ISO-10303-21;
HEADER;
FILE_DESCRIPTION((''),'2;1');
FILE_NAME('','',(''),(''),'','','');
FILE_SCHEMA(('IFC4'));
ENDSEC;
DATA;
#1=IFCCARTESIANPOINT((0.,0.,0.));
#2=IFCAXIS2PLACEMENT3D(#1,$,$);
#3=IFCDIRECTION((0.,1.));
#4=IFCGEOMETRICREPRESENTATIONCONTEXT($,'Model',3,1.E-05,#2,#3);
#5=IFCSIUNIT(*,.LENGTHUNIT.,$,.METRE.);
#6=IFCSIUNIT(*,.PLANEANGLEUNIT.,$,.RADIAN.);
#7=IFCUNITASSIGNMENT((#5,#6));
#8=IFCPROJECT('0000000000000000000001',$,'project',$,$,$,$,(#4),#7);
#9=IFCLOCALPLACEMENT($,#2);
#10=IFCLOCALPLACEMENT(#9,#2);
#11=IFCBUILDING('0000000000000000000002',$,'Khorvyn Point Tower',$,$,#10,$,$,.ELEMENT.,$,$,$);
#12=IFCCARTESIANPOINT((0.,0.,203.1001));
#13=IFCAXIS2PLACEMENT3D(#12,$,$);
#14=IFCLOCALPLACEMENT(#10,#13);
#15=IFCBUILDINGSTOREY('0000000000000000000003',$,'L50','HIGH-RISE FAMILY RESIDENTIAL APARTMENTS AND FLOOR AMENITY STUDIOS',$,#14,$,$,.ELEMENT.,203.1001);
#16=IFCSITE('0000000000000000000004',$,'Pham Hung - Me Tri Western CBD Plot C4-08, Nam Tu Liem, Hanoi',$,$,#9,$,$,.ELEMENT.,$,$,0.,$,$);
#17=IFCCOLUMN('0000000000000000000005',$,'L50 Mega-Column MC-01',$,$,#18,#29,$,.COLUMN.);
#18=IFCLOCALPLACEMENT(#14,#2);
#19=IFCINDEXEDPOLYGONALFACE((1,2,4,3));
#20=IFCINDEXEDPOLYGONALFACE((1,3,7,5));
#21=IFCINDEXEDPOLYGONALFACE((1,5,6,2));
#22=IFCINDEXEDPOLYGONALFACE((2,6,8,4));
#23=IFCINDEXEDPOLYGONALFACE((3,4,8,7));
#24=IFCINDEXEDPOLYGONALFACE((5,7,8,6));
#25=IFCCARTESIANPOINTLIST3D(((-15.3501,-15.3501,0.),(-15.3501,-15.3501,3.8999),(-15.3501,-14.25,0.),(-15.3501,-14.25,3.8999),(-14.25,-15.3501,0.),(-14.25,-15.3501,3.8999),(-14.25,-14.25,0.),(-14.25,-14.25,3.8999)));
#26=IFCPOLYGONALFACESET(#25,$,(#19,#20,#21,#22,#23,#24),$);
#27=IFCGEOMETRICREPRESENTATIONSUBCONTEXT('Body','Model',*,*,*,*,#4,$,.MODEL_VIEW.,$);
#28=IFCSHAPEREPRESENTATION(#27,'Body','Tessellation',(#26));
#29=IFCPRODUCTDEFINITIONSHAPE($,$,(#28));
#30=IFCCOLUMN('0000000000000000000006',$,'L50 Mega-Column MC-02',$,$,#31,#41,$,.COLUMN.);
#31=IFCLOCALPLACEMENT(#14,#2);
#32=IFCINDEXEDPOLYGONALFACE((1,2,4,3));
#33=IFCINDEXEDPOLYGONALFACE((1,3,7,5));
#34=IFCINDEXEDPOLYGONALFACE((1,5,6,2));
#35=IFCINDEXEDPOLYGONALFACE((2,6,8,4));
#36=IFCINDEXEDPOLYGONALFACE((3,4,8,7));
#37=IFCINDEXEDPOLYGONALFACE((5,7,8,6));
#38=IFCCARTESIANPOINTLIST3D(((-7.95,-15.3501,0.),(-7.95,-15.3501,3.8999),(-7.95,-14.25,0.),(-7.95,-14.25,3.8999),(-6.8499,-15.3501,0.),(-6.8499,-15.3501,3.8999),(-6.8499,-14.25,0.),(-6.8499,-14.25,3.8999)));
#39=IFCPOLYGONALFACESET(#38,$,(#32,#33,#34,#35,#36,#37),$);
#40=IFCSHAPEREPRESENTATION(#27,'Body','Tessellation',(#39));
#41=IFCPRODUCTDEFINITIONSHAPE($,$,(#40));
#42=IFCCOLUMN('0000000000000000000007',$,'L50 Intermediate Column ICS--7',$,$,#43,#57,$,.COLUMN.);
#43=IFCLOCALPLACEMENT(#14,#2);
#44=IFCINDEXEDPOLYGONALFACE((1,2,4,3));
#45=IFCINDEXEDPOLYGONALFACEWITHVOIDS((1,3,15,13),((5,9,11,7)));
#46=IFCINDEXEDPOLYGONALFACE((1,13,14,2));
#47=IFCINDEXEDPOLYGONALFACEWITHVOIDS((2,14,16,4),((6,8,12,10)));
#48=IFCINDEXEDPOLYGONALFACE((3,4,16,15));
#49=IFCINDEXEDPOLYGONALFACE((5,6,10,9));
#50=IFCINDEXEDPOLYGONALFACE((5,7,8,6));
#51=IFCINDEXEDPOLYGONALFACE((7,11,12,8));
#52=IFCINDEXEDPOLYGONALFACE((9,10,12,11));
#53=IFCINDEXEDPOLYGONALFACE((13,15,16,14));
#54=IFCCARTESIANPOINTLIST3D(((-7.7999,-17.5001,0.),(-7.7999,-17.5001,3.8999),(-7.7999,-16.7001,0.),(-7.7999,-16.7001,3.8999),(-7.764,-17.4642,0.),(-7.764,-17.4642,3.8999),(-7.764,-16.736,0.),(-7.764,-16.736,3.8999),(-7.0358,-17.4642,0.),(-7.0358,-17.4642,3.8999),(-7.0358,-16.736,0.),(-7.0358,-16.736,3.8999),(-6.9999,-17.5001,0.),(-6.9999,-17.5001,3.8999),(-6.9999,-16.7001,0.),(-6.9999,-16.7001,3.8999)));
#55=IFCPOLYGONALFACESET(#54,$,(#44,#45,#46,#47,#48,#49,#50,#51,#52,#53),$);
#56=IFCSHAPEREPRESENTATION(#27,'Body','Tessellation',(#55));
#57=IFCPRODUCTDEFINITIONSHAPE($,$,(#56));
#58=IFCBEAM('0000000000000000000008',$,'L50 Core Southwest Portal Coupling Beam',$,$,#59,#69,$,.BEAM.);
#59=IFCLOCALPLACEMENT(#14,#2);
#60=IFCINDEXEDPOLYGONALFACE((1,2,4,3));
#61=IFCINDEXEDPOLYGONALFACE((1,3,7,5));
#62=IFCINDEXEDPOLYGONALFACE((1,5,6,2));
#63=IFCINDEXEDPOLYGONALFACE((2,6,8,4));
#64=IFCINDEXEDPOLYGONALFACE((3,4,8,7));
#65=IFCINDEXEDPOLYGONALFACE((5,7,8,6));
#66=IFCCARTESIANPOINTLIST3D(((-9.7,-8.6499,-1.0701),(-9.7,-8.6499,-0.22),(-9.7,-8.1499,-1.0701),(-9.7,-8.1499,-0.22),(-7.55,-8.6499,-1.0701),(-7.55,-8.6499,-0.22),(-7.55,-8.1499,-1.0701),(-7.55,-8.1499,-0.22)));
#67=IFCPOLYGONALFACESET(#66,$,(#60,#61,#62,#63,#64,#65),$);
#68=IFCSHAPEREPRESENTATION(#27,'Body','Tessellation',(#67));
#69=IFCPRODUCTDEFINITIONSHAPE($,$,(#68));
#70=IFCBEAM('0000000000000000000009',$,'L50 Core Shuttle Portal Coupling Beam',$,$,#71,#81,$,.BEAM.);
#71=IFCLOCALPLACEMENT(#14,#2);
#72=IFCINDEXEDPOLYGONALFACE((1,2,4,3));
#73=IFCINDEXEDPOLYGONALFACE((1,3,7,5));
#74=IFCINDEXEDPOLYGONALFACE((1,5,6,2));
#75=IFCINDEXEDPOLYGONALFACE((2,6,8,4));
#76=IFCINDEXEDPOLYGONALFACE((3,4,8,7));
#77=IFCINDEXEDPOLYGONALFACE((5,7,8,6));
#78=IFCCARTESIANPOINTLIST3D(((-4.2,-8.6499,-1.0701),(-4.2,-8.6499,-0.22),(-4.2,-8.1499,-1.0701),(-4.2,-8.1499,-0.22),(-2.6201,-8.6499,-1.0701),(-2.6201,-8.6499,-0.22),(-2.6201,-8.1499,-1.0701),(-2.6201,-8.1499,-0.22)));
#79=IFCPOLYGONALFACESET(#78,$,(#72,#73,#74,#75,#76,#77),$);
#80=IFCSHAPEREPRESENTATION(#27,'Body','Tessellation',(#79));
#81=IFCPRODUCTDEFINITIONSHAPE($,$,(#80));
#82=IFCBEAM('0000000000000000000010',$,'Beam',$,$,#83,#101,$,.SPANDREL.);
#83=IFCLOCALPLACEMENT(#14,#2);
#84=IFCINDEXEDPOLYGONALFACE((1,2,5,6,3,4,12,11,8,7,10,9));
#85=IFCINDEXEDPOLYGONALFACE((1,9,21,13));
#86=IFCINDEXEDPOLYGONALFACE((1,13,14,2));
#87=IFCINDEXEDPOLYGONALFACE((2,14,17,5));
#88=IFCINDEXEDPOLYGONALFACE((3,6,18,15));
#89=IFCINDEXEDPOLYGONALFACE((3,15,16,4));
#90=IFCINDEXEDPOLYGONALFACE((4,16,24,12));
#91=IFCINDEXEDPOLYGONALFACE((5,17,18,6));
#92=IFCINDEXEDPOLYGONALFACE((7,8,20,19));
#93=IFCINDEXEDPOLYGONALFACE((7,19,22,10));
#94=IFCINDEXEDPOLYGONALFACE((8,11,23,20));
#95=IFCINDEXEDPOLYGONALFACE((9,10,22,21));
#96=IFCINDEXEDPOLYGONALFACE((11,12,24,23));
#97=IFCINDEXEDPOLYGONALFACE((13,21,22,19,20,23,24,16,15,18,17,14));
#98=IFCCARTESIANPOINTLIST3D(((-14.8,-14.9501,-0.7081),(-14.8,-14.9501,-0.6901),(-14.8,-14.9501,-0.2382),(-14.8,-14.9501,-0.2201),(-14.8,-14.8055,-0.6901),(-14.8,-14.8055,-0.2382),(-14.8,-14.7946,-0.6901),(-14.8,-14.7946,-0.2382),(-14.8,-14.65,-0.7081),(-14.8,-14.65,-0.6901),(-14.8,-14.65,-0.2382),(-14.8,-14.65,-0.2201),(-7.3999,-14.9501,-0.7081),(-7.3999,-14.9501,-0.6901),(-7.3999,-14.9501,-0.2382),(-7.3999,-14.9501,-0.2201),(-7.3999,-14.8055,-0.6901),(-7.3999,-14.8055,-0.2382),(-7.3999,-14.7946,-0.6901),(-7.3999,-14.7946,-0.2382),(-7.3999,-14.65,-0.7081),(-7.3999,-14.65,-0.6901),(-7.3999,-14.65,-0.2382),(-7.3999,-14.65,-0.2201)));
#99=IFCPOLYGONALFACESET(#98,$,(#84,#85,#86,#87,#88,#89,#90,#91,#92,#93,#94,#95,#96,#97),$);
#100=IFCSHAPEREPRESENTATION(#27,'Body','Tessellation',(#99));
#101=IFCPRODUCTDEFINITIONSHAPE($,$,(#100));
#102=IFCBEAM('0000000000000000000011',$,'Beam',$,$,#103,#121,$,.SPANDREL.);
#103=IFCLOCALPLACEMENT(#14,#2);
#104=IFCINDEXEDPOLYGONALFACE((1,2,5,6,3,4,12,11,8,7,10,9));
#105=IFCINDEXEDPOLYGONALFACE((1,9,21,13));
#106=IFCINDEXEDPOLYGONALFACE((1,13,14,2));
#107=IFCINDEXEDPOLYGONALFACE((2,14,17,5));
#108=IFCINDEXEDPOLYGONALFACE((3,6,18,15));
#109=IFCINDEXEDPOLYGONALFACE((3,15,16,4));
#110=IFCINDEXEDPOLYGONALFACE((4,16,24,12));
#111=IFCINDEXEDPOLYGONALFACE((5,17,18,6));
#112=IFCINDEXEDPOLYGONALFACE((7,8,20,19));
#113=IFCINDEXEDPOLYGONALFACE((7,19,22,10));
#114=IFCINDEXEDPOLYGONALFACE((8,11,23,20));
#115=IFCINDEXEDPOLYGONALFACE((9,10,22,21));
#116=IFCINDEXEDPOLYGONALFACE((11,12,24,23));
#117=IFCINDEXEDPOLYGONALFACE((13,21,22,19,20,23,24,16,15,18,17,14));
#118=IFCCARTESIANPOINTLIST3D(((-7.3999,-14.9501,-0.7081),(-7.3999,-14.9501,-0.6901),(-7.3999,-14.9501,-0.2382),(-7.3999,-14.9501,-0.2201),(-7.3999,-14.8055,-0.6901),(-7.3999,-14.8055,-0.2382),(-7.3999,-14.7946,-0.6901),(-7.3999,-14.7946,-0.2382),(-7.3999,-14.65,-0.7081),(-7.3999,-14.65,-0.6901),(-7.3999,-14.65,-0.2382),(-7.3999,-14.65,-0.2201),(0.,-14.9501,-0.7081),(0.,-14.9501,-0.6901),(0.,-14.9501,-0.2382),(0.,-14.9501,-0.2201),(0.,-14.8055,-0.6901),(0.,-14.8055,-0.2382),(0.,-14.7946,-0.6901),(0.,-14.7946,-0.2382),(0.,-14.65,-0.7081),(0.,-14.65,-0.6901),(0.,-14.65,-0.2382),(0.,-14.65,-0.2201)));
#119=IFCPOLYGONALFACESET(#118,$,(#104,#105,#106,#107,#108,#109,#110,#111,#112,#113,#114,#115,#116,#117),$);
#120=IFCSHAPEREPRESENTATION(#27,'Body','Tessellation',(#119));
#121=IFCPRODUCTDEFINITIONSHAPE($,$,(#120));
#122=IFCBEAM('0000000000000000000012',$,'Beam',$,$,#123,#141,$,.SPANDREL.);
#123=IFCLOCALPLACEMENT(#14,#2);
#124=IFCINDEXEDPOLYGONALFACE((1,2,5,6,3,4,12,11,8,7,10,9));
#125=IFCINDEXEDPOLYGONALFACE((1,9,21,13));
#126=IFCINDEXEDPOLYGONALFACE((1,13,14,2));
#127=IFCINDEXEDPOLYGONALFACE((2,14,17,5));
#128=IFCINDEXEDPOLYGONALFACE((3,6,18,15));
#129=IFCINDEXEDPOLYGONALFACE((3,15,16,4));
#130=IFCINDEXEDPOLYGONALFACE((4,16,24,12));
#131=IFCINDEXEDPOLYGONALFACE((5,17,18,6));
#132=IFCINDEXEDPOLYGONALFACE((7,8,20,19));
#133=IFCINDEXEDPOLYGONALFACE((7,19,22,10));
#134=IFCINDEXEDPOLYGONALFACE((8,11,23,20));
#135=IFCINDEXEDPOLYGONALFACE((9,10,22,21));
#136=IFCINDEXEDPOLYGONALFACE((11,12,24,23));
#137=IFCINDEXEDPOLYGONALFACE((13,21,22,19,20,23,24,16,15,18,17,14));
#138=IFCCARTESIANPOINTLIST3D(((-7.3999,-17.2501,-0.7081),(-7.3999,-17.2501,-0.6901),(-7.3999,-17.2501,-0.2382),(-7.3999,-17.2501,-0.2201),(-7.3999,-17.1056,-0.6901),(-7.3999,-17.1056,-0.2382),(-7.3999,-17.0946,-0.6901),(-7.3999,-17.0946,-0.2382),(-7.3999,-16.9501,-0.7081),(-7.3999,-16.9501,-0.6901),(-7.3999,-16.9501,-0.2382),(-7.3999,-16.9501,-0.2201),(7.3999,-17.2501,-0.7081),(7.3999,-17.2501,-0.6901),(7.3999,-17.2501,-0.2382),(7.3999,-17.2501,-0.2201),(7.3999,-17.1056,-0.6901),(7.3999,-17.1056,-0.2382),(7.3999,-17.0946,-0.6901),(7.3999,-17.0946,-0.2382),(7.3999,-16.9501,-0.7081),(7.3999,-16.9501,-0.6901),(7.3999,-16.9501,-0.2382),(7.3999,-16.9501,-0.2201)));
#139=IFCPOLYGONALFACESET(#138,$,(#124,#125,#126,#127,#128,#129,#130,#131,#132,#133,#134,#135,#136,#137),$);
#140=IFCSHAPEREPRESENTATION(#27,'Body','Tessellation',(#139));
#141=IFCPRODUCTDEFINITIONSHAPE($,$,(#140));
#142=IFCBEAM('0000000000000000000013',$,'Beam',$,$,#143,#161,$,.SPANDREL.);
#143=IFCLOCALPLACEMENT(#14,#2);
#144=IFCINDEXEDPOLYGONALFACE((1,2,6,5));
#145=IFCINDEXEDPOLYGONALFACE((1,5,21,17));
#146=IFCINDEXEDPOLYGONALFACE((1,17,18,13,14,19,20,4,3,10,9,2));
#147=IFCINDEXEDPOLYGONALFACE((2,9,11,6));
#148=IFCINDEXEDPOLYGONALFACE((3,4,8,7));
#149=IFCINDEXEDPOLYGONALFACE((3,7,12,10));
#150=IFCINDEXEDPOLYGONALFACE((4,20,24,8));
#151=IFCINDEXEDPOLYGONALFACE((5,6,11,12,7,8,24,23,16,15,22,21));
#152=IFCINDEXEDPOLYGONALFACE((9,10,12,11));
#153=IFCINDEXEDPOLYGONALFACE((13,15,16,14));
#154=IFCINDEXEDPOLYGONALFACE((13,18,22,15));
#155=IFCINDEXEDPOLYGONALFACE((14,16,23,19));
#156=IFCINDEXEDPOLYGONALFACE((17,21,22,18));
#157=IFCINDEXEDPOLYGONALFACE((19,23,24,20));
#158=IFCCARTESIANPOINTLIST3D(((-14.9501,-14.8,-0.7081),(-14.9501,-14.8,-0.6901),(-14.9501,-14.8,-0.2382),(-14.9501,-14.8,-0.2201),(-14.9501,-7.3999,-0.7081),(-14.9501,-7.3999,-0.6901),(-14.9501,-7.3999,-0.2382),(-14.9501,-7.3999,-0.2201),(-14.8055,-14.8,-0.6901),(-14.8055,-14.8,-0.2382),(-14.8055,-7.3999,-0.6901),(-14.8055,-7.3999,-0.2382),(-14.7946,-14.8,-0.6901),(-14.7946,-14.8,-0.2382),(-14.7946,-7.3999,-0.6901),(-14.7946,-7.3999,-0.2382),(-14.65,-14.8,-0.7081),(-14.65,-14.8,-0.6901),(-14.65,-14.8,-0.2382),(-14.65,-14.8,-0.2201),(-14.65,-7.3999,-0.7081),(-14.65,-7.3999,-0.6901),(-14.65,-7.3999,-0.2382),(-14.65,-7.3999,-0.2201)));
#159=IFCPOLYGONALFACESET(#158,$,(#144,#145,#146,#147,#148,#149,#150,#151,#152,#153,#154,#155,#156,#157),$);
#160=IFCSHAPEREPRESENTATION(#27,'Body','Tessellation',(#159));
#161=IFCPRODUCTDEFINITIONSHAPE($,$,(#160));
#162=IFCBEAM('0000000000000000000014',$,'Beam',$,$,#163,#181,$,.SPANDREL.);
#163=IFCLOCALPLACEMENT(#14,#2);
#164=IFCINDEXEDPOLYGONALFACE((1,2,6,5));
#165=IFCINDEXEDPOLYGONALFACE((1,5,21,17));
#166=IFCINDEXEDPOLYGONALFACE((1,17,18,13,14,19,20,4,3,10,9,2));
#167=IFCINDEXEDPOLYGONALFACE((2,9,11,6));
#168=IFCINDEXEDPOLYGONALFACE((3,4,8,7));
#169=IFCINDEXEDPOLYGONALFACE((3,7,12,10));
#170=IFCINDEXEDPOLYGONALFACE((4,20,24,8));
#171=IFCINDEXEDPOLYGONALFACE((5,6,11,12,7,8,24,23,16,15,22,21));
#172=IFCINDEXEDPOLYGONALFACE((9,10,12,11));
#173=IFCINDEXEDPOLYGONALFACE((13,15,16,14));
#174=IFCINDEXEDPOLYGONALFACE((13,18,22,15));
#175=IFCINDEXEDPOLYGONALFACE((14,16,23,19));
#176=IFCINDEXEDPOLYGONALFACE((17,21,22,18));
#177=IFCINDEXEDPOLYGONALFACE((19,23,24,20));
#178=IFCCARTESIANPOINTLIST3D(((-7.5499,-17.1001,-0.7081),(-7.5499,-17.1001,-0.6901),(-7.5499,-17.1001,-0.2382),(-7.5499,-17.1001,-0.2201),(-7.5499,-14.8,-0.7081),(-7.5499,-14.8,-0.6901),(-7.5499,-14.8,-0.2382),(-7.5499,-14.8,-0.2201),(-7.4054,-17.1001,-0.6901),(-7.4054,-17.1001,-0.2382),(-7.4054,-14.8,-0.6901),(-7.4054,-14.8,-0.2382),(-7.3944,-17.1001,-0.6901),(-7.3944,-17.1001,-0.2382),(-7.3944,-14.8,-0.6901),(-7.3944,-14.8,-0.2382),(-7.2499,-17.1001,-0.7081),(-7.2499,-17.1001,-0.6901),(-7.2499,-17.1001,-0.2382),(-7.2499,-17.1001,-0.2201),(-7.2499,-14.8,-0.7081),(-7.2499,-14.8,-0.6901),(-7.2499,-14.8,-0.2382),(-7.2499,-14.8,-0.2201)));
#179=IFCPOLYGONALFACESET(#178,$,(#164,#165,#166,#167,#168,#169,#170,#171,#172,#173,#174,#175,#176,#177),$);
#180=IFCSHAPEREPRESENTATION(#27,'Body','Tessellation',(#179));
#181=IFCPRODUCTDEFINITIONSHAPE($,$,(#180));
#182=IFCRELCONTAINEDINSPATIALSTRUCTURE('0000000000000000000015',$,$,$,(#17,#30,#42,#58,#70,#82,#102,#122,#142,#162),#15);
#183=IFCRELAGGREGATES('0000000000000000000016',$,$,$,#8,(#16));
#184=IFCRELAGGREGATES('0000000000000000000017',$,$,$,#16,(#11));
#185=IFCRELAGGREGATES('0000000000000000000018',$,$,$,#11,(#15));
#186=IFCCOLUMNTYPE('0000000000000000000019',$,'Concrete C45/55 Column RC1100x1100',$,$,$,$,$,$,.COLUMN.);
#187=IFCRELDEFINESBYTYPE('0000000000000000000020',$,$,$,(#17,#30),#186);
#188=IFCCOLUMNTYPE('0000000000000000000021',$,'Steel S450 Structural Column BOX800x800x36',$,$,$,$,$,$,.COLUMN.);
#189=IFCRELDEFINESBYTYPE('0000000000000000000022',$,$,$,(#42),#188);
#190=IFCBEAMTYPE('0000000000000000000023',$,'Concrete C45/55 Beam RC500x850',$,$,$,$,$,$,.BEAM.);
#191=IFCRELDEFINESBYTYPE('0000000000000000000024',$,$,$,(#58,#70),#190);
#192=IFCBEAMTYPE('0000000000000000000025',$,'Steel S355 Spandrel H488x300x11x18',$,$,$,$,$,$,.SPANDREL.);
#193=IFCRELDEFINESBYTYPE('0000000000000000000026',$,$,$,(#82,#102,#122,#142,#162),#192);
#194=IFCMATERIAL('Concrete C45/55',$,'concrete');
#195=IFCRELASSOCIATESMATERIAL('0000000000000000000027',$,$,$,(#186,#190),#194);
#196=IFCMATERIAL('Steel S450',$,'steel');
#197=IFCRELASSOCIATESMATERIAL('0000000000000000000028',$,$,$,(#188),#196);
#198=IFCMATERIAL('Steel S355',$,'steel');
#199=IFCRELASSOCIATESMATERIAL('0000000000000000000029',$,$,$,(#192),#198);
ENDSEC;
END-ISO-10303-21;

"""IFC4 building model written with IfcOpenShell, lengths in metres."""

from ifc_helpers import new_model, si_unit, direction, frame, origin, origin_2d, place, context, subcontext, project, spatial, rectangle, hollow_rectangle, i_section, extrude, material, material_profile, profile_set, type_object, element, save


model = new_model("IFC4")

# Units and contexts
model_context = context("Model", 3, precision=1e-05, world=origin(), true_north=direction((0.0, 1.0)))
body_context = subcontext(model_context, "Body", "Model", "MODEL_VIEW")
ifc_project = project(units=[si_unit("LENGTHUNIT", "METRE"), si_unit("PLANEANGLEUNIT", "RADIAN")], contexts=[model_context])

# Site, building, storey
site_placement = place(None, origin())
site = spatial("IfcSite", under=ifc_project, at=site_placement, Name="Pham Hung - Me Tri Western CBD Plot C4-08, Nam Tu Liem, Hanoi", CompositionType="ELEMENT", RefElevation=0.0)
building_placement = place(site_placement, origin())
building = spatial("IfcBuilding", under=site, at=building_placement, Name="Khorvyn Point Tower", CompositionType="ELEMENT")
storey_placement = place(building_placement, frame((0.0, 0.0, 203.1001)))
storey = spatial("IfcBuildingStorey", under=building, at=storey_placement, Name="L50", Description="HIGH-RISE FAMILY RESIDENTIAL APARTMENTS AND FLOOR AMENITY STUDIOS", CompositionType="ELEMENT", Elevation=203.1001)

# Columns
ifc_material_1 = material(Name="Concrete C45/55", Category="concrete")
ifc_material_profile_1 = material_profile(ifc_material_1, rectangle(XDim=1.1001, YDim=1.1001, at=origin_2d()))
ifc_profile_set_1 = profile_set([ifc_material_profile_1], Name="Concrete C45/55 RC1100x1100")
column_type_1 = type_object("IfcColumnType", Name="Concrete C45/55 Column RC1100x1100", PredefinedType="COLUMN", material=ifc_profile_set_1)
for number, where, z_axis, x_axis, name in (
    (1, (-14.8, -14.8, 0.0), (0.0, 0.0, 1.0), (1.0, 0.0, 0.0), "L50 Mega-Column MC-01"),
    (2, (-7.3999, -14.8, 0.0), (0.0, 0.0, 1.0), (1.0, 0.0, 0.0), "L50 Mega-Column MC-02"),
):
    element("IfcColumn", number, at=place(storey_placement, frame(where, z_axis=z_axis, x_axis=x_axis)), inside=storey, type_object=column_type_1, Name=name, PredefinedType="COLUMN", context=body_context, shape_type="SweptSolid", body=[
        extrude(rectangle(XDim=1.1001, YDim=1.1001, at=origin_2d()), origin(), (0.0, 0.0, 1.0), 3.8999),
    ])
ifc_material_2 = material(Name="Steel S450", Category="steel")
ifc_material_profile_2 = material_profile(ifc_material_2, hollow_rectangle(XDim=0.8, YDim=0.8, WallThickness=0.0359, at=origin_2d()))
ifc_profile_set_2 = profile_set([ifc_material_profile_2], Name="Steel S450 BOX800x800x36")
column_type_2 = type_object("IfcColumnType", Name="Steel S450 Structural Column BOX800x800x36", PredefinedType="COLUMN", material=ifc_profile_set_2)
column_placement = place(storey_placement, frame((-7.3999, -17.1001, 0.0), z_axis=(0.0, 0.0, 1.0), x_axis=(1.0, 0.0, 0.0)))
element("IfcColumn", 3, at=column_placement, inside=storey, type_object=column_type_2, Name="L50 Intermediate Column ICS--7", PredefinedType="COLUMN", context=body_context, shape_type="SweptSolid", body=[
    extrude(hollow_rectangle(XDim=0.8, YDim=0.8, WallThickness=0.0359, at=origin_2d()), origin(), (0.0, 0.0, 1.0), 3.8999),
])

# Beams
ifc_material_profile_3 = material_profile(ifc_material_1, rectangle(XDim=0.5, YDim=0.8501, at=origin_2d()))
ifc_profile_set_3 = profile_set([ifc_material_profile_3], Name="Concrete C45/55 RC500x850")
beam_type_1 = type_object("IfcBeamType", Name="Concrete C45/55 Beam RC500x850", PredefinedType="BEAM", material=ifc_profile_set_3)
beam_1_placement = place(storey_placement, frame((-9.7, -8.3999, -0.645), z_axis=(1.0, 0.0, 0.0), x_axis=(0.0, 1.0, 0.0)))
element("IfcBeam", 4, at=beam_1_placement, inside=storey, type_object=beam_type_1, Name="L50 Core Southwest Portal Coupling Beam", PredefinedType="BEAM", context=body_context, shape_type="SweptSolid", body=[
    extrude(rectangle(XDim=0.5, YDim=0.8501, at=origin_2d()), origin(), (0.0, 0.0, 1.0), 2.1499),
])
beam_2_placement = place(storey_placement, frame((-4.2, -8.3999, -0.645), z_axis=(1.0, 0.0, 0.0), x_axis=(0.0, 1.0, 0.0)))
element("IfcBeam", 5, at=beam_2_placement, inside=storey, type_object=beam_type_1, Name="L50 Core Shuttle Portal Coupling Beam", PredefinedType="BEAM", context=body_context, shape_type="SweptSolid", body=[
    extrude(rectangle(XDim=0.5, YDim=0.8501, at=origin_2d()), origin(), (0.0, 0.0, 1.0), 1.5798),
])
ifc_material_3 = material(Name="Steel S355", Category="steel")
ifc_material_profile_4 = material_profile(ifc_material_3, i_section(OverallWidth=0.3, OverallDepth=0.488, WebThickness=0.011, FlangeThickness=0.0181, at=origin_2d()))
ifc_profile_set_4 = profile_set([ifc_material_profile_4], Name="Steel S355 H488x300x11x18")
beam_type_2 = type_object("IfcBeamType", Name="Steel S355 Spandrel H488x300x11x18", PredefinedType="SPANDREL", material=ifc_profile_set_4)
beam_3_placement = place(storey_placement, frame((-14.8, -14.8, -0.4641), z_axis=(1.0, 0.0, 0.0), x_axis=(0.0, 1.0, 0.0)))
element("IfcBeam", 6, at=beam_3_placement, inside=storey, type_object=beam_type_2, Name="Beam", PredefinedType="SPANDREL", context=body_context, shape_type="SweptSolid", body=[
    extrude(i_section(OverallWidth=0.3, OverallDepth=0.488, WebThickness=0.011, FlangeThickness=0.0181, at=origin_2d()), origin(), (0.0, 0.0, 1.0), 7.4001),
])
beam_4_placement = place(storey_placement, frame((-7.3999, -14.8, -0.4641), z_axis=(1.0, 0.0, 0.0), x_axis=(0.0, 1.0, 0.0)))
element("IfcBeam", 7, at=beam_4_placement, inside=storey, type_object=beam_type_2, Name="Beam", PredefinedType="SPANDREL", context=body_context, shape_type="SweptSolid", body=[
    extrude(i_section(OverallWidth=0.3, OverallDepth=0.488, WebThickness=0.011, FlangeThickness=0.0181, at=origin_2d()), origin(), (0.0, 0.0, 1.0), 7.3999),
])
beam_5_placement = place(storey_placement, frame((-7.3999, -17.1001, -0.4641), z_axis=(1.0, 0.0, 0.0), x_axis=(0.0, 1.0, 0.0)))
element("IfcBeam", 8, at=beam_5_placement, inside=storey, type_object=beam_type_2, Name="Beam", PredefinedType="SPANDREL", context=body_context, shape_type="SweptSolid", body=[
    extrude(i_section(OverallWidth=0.3, OverallDepth=0.488, WebThickness=0.011, FlangeThickness=0.0181, at=origin_2d()), origin(), (0.0, 0.0, 1.0), 14.7998),
])
beam_6_placement = place(storey_placement, frame((-14.8, -14.8, -0.4641), z_axis=(0.0, 1.0, 0.0), x_axis=(-1.0, 0.0, 0.0)))
element("IfcBeam", 9, at=beam_6_placement, inside=storey, type_object=beam_type_2, Name="Beam", PredefinedType="SPANDREL", context=body_context, shape_type="SweptSolid", body=[
    extrude(i_section(OverallWidth=0.3, OverallDepth=0.488, WebThickness=0.011, FlangeThickness=0.0181, at=origin_2d()), origin(), (0.0, 0.0, 1.0), 7.4001),
])
beam_7_placement = place(storey_placement, frame((-7.3999, -17.1001, -0.4641), z_axis=(0.0, 1.0, 0.0), x_axis=(-1.0, 0.0, 0.0)))
element("IfcBeam", 10, at=beam_7_placement, inside=storey, type_object=beam_type_2, Name="Beam", PredefinedType="SPANDREL", context=body_context, shape_type="SweptSolid", body=[
    extrude(i_section(OverallWidth=0.3, OverallDepth=0.488, WebThickness=0.011, FlangeThickness=0.0181, at=origin_2d()), origin(), (0.0, 0.0, 1.0), 2.3),
])

save(model, "model.ifc")
